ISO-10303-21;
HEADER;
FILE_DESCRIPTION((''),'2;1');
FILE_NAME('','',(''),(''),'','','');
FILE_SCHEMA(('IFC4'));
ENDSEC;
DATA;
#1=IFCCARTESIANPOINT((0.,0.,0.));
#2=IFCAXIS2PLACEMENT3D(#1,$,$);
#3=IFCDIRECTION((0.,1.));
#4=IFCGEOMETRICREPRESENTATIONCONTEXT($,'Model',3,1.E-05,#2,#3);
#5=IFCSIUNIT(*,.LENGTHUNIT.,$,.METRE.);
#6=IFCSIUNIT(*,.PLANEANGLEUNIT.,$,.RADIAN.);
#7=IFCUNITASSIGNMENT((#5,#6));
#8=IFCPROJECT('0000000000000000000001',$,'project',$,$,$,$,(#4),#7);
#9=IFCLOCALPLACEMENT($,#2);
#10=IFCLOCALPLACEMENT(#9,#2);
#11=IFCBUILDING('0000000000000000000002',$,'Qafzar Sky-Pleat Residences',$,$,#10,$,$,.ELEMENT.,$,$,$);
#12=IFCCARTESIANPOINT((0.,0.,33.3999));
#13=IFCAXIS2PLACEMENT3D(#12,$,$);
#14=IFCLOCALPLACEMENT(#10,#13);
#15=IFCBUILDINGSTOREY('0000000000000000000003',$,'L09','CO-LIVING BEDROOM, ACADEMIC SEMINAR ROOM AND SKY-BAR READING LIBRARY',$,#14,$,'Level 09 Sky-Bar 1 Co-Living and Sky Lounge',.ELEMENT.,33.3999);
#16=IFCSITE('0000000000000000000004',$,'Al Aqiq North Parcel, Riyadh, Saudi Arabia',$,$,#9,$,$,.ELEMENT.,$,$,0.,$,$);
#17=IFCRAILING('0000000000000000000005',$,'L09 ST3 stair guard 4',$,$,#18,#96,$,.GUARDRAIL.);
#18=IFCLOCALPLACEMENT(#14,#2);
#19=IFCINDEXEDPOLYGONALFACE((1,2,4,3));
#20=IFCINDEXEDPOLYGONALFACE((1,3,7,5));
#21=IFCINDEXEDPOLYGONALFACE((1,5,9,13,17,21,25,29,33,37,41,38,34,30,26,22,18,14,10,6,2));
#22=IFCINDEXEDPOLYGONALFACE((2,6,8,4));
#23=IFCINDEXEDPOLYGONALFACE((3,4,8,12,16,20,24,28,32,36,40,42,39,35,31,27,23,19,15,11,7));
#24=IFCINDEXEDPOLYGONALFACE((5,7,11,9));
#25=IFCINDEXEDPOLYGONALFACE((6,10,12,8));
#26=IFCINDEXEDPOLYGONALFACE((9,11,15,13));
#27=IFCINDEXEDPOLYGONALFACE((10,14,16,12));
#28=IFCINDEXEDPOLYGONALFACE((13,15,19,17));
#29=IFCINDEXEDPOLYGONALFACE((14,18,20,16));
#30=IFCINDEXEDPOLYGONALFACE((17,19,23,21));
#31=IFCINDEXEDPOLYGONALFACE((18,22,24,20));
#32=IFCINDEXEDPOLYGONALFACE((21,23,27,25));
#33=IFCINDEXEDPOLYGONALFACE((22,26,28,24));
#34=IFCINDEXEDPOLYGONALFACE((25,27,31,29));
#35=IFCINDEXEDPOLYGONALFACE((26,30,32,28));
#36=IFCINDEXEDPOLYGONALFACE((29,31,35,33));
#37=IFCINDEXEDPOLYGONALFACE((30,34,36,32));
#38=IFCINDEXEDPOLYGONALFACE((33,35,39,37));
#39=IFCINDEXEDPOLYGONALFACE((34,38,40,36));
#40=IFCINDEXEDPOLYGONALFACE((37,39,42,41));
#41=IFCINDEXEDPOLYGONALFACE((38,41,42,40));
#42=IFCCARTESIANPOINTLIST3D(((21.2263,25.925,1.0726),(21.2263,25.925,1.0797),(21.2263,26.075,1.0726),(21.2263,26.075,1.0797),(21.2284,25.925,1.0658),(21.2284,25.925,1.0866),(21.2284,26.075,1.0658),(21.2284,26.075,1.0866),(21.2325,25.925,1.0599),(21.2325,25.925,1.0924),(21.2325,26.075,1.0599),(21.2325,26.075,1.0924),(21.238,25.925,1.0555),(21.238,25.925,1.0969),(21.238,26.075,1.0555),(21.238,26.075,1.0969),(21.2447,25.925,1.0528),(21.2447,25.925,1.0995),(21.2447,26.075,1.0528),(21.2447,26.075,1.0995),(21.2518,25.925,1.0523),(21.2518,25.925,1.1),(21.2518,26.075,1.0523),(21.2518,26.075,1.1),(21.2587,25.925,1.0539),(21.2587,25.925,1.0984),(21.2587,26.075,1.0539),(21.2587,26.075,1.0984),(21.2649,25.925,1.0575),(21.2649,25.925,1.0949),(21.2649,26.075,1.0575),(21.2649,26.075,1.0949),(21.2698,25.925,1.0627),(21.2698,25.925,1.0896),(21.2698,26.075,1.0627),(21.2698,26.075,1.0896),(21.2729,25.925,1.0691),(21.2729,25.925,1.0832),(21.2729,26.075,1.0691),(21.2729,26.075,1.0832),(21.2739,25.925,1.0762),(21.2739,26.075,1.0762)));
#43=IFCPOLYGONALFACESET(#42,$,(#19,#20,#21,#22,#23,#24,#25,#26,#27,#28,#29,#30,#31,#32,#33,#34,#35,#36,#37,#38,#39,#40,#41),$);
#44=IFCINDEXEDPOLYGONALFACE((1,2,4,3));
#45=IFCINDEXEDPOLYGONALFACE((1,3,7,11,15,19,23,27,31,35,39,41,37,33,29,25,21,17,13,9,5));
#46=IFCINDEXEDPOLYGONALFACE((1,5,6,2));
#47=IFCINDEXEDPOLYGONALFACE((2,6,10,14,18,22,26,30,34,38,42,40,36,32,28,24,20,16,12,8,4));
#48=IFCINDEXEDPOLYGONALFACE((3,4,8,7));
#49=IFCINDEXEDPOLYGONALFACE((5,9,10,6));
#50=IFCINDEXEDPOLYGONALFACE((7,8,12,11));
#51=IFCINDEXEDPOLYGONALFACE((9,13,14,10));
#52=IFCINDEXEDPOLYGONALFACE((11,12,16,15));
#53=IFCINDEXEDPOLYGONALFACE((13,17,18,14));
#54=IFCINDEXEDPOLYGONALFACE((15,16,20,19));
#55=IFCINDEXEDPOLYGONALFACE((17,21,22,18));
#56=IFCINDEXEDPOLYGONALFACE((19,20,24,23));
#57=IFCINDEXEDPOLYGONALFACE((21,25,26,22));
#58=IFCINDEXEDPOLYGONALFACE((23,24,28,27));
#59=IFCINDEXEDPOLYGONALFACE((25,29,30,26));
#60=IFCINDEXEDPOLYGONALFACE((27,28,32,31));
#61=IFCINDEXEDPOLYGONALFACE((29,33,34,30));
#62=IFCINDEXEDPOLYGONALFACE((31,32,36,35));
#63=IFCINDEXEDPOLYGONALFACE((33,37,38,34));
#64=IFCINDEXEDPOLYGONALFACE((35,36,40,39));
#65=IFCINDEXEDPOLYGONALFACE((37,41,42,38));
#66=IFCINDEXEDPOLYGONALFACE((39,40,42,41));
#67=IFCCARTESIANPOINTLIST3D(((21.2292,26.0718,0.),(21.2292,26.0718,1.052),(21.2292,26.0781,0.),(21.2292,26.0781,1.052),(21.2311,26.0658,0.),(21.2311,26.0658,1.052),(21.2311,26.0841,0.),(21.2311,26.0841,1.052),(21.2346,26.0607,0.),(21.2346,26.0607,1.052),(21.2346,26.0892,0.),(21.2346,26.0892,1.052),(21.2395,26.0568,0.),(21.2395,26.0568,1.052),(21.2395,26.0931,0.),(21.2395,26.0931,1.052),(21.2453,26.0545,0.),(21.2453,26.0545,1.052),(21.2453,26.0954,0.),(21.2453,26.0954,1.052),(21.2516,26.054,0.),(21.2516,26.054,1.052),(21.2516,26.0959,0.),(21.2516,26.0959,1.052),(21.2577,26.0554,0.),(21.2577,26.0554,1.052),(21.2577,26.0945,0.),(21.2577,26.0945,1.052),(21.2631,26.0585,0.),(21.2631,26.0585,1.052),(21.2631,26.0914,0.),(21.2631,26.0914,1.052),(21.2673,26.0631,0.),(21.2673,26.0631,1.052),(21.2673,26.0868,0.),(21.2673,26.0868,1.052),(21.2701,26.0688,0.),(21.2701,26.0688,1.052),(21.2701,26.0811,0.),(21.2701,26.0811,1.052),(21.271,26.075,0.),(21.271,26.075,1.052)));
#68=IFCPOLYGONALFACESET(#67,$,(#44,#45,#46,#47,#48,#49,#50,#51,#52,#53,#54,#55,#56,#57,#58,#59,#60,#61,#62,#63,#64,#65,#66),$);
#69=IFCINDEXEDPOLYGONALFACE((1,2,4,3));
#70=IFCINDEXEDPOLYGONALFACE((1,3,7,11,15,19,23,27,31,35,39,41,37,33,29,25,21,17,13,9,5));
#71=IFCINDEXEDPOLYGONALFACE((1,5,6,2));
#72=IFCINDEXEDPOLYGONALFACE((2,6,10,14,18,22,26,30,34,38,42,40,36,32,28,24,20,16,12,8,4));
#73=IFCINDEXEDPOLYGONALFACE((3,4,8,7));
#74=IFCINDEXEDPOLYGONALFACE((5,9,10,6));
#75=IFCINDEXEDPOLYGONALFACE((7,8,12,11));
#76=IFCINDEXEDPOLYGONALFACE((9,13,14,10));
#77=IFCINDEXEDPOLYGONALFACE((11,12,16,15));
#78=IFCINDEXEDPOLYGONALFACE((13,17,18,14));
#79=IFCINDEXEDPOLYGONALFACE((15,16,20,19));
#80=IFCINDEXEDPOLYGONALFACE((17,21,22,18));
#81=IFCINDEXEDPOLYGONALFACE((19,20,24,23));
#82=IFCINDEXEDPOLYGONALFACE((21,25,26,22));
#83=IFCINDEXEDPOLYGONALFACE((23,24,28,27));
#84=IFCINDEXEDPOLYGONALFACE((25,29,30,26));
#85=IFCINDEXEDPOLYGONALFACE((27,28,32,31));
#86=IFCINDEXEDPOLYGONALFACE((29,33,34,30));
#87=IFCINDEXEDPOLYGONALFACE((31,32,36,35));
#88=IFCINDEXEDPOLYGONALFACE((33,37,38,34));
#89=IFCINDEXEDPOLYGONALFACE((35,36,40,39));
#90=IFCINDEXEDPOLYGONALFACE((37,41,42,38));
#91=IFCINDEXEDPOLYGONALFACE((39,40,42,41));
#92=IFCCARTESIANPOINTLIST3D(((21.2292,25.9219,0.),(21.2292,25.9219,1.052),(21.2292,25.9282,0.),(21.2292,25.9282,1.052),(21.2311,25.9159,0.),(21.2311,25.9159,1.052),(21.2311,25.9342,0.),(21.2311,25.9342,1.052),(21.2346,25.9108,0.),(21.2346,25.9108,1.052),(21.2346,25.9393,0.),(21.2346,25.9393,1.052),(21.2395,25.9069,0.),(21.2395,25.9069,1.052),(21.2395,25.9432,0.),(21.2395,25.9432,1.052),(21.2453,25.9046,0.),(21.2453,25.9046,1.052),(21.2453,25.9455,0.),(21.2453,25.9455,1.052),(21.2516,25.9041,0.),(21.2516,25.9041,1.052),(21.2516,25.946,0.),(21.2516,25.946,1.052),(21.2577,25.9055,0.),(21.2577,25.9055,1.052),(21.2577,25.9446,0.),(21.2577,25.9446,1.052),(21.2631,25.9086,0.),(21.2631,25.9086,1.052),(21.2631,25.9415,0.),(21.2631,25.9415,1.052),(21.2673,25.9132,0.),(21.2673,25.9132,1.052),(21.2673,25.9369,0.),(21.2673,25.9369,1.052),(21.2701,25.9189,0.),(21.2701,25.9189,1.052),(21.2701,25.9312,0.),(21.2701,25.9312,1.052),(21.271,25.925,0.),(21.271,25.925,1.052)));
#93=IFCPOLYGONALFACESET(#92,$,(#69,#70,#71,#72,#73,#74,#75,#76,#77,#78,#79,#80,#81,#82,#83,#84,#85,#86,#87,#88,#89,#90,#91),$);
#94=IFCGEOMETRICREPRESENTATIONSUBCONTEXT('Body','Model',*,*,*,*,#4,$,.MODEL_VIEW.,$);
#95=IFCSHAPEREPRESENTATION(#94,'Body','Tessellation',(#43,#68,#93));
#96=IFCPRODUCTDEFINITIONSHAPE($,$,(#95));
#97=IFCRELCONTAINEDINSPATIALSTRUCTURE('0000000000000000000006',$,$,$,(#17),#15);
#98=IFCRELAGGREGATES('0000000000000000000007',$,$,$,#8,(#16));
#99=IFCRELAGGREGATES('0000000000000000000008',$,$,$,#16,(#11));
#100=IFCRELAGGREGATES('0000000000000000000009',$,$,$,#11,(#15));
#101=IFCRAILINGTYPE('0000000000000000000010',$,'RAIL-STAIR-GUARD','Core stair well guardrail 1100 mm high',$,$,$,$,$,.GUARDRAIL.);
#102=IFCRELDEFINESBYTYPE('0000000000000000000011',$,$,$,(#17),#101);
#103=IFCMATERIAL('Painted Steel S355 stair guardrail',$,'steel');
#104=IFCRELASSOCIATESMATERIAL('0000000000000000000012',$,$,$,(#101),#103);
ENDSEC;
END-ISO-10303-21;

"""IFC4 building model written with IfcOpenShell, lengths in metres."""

from ifc_helpers import new_model, si_unit, direction, frame, origin, origin_2d, place, context, subcontext, project, spatial, circle, extrude, source, transform, mapped, material, type_object, element, save


model = new_model("IFC4")

# Units and contexts
model_context = context("Model", 3, precision=1e-05, world=origin(), true_north=direction((0.0, 1.0)))
body_context = subcontext(model_context, "Body", "Model", "MODEL_VIEW")
ifc_project = project(units=[si_unit("LENGTHUNIT", "METRE"), si_unit("PLANEANGLEUNIT", "RADIAN")], contexts=[model_context])

# Site, building, storey
site_placement = place(None, origin())
site = spatial("IfcSite", under=ifc_project, at=site_placement, Name="Al Aqiq North Parcel, Riyadh, Saudi Arabia", CompositionType="ELEMENT", RefElevation=0.0)
building_placement = place(site_placement, origin())
building = spatial("IfcBuilding", under=site, at=building_placement, Name="Qafzar Sky-Pleat Residences", CompositionType="ELEMENT")
storey_placement = place(building_placement, frame((0.0, 0.0, 33.3999)))
storey = spatial("IfcBuildingStorey", under=building, at=storey_placement, Name="L09", Description="CO-LIVING BEDROOM, ACADEMIC SEMINAR ROOM AND SKY-BAR READING LIBRARY", LongName="Level 09 Sky-Bar 1 Co-Living and Sky Lounge", CompositionType="ELEMENT", Elevation=33.3999)

# Railing
ifc_material_1 = material(Name="Painted Steel S355 stair guardrail", Category="steel")
railing_type = type_object("IfcRailingType", Name="RAIL-STAIR-GUARD", Description="Core stair well guardrail 1100 mm high", PredefinedType="GUARDRAIL", material=ifc_material_1)
shared_shape_1 = source(origin(), body_context, "Body", "SweptSolid", [
    extrude(circle(Radius=0.0239, at=origin_2d()), frame((0.0, 0.0, 1.0762), z_axis=(0.0, -1.0, 0.0), x_axis=(1.0, 0.0, 0.0)), (0.0, 0.0, 1.0), 0.1499),
    extrude(circle(Radius=0.021, at=origin_2d()), origin(), (0.0, 0.0, 1.0), 1.052),
    extrude(circle(Radius=0.021, at=origin_2d()), frame((0.0, -0.1499, 0.0)), (0.0, 0.0, 1.0), 1.052),
])
railing_1_placement = place(storey_placement, frame((21.25, 26.075, 0.0)))
element("IfcRailing", 1, at=railing_1_placement, inside=storey, type_object=railing_type, Name="L09 ST3 stair guard 4", PredefinedType="GUARDRAIL", context=body_context, shape_type="MappedRepresentation", body=[
    mapped(shared_shape_1, transform((0.0, 0.0, 0.0), x_axis=(1.0, 0.0, 0.0), y_axis=(0.0, 1.0, 0.0), z_axis=(0.0, 0.0, 1.0), scale=1.0)),
])

save(model, "model.ifc")
